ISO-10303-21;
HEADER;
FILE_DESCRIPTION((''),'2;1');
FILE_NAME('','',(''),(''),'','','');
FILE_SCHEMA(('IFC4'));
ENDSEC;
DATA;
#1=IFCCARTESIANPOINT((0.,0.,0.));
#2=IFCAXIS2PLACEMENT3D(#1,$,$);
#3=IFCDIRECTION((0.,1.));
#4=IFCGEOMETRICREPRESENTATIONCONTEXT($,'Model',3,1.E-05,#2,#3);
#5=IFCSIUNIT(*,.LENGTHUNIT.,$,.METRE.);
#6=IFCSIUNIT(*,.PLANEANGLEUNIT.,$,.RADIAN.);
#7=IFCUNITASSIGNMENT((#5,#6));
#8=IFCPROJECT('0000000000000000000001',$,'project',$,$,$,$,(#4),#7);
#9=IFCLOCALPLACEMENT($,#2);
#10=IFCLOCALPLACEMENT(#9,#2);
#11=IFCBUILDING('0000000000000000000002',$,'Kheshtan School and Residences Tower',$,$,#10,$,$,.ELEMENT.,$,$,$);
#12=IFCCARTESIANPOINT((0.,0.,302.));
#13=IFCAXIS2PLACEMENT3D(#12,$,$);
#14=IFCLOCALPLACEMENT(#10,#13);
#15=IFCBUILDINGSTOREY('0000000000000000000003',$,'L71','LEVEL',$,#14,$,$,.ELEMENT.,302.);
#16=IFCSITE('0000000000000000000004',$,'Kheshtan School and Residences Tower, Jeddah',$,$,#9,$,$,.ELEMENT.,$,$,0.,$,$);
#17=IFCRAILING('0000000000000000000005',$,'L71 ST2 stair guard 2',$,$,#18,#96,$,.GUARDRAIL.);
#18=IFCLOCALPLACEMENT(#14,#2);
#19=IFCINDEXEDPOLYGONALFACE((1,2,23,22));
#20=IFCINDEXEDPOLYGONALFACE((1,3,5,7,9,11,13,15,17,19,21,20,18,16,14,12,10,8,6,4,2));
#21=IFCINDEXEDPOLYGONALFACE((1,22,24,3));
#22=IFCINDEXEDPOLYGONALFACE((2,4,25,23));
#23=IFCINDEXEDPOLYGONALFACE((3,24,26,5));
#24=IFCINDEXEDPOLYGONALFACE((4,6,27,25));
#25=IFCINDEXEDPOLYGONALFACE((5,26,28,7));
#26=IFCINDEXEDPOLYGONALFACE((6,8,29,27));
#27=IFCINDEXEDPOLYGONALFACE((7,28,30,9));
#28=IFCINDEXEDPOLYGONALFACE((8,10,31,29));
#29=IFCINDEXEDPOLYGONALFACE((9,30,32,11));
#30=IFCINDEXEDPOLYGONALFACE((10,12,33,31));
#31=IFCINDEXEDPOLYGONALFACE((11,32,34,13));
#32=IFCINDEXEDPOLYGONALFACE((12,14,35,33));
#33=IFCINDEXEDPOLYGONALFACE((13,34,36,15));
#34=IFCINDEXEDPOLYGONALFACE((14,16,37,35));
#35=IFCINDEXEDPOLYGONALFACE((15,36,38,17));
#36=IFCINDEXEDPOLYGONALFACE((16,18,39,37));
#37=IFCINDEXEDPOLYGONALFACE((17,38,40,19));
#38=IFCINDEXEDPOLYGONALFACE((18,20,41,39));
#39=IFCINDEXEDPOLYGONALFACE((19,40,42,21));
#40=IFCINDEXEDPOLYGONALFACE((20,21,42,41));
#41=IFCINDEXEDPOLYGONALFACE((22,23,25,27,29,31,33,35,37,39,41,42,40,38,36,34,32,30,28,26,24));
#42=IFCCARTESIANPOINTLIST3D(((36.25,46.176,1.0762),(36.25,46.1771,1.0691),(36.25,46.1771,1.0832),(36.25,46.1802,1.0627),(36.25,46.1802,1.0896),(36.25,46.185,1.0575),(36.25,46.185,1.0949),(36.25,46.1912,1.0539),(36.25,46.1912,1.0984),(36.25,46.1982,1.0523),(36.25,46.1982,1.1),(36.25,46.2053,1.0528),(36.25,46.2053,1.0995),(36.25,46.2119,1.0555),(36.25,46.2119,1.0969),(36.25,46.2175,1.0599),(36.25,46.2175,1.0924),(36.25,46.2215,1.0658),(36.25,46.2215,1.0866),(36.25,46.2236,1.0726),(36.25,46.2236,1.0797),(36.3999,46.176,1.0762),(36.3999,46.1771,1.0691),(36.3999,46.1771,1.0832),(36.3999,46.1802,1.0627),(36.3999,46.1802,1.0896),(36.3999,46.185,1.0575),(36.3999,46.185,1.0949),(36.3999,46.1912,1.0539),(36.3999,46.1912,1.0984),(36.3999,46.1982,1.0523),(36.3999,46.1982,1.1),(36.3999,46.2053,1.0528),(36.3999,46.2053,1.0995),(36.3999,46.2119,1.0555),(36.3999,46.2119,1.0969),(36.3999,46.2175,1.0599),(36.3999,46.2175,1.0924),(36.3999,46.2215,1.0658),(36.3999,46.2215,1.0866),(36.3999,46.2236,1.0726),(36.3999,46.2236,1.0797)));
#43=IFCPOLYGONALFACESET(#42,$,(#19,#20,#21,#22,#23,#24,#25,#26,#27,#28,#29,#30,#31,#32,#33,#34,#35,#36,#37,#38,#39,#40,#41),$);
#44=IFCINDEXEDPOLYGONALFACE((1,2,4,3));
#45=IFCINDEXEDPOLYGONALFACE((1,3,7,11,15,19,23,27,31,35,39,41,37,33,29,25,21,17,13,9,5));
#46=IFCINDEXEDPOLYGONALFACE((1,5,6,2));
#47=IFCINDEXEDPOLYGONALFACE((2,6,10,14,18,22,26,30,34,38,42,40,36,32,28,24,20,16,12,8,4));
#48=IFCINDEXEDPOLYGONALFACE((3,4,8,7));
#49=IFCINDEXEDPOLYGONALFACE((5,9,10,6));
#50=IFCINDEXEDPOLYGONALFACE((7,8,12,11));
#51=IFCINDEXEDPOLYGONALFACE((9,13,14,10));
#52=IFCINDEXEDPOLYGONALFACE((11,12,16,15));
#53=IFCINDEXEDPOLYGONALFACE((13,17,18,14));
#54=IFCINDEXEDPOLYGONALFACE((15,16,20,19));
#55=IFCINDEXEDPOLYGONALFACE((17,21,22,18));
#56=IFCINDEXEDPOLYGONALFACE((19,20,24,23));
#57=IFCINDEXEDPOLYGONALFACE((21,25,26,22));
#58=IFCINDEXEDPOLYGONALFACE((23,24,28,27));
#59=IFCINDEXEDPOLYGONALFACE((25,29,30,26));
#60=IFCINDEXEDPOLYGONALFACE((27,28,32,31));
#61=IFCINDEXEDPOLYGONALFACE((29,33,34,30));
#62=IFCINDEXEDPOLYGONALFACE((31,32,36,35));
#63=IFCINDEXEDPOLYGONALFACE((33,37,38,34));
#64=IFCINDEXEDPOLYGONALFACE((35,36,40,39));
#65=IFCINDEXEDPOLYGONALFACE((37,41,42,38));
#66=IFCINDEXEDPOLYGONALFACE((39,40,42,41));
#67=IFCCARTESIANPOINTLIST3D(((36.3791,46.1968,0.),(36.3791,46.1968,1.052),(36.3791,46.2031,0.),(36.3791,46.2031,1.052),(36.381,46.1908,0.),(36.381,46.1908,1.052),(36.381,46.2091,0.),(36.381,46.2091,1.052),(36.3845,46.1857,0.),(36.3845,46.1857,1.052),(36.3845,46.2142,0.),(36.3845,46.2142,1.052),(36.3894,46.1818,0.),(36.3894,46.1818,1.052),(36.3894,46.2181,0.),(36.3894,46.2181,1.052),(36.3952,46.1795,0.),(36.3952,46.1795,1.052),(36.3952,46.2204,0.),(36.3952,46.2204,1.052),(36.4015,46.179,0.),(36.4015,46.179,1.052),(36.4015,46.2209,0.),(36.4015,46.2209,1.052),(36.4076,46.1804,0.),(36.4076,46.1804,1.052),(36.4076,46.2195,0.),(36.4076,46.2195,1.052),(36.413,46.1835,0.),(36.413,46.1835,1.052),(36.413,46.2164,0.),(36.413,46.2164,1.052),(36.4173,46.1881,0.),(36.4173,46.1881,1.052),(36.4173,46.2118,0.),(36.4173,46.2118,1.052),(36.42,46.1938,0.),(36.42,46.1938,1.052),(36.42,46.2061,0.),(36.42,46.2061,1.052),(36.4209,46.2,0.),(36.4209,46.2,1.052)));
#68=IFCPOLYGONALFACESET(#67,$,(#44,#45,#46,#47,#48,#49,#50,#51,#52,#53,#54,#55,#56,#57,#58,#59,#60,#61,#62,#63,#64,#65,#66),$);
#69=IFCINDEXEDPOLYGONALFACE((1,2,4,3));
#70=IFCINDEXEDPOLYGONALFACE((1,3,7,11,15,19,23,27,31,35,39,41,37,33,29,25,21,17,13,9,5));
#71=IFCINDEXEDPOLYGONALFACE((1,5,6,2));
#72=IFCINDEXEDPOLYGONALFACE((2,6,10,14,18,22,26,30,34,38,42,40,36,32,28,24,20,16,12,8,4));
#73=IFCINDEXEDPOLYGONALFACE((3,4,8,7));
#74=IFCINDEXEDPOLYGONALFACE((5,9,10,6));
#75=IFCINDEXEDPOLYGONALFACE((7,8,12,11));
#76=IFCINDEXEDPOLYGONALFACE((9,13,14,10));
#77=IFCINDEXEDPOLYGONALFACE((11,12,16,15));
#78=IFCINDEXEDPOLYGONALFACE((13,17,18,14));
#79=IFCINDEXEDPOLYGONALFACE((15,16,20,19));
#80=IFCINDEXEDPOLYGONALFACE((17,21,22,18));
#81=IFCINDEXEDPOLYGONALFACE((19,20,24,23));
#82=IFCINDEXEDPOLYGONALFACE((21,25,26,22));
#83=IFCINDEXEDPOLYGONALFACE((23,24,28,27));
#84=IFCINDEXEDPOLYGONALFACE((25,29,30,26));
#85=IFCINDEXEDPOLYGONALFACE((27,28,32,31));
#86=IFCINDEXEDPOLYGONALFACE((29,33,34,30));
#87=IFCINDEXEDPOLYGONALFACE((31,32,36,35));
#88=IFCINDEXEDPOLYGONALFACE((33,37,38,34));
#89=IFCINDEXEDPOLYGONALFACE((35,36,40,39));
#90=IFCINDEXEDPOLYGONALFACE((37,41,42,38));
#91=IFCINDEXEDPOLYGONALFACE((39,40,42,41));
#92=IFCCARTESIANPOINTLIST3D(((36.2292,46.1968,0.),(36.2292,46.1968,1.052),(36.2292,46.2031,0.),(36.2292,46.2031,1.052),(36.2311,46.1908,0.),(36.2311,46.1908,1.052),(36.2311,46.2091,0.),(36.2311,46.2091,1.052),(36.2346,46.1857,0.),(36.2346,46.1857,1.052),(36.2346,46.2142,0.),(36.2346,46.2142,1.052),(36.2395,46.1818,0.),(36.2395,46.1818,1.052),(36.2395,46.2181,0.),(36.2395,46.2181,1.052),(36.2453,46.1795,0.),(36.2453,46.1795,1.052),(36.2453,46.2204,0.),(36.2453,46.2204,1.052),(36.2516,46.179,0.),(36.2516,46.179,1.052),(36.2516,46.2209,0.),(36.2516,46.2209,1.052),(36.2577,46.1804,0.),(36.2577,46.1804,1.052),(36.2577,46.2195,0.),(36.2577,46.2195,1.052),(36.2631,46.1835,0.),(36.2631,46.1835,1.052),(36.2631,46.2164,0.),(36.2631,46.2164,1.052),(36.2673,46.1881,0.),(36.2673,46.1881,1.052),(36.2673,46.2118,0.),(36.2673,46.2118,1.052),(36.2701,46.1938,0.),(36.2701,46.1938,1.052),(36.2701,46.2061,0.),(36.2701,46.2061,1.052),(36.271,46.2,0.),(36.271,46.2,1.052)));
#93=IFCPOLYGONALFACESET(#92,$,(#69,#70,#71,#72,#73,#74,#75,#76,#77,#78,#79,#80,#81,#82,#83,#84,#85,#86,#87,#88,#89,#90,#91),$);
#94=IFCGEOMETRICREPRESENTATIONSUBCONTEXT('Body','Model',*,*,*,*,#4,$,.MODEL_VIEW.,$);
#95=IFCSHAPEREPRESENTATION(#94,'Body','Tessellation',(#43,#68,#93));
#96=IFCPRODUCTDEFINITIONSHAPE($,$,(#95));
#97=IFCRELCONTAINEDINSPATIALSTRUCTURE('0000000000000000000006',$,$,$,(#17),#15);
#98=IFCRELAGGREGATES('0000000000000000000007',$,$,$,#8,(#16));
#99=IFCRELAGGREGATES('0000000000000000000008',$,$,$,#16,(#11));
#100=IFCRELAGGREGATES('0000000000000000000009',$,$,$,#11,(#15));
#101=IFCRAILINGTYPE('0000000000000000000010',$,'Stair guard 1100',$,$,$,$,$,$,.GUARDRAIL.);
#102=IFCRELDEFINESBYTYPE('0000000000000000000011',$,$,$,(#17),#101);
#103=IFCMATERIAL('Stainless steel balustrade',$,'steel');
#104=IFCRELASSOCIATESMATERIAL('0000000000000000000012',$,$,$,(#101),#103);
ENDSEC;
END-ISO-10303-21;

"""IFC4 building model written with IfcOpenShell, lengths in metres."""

from ifc_helpers import new_model, si_unit, direction, frame, origin, origin_2d, place, context, subcontext, project, spatial, circle, extrude, material, type_object, element, save


model = new_model("IFC4")

# Units and contexts
model_context = context("Model", 3, precision=1e-05, world=origin(), true_north=direction((0.0, 1.0)))
body_context = subcontext(model_context, "Body", "Model", "MODEL_VIEW")
ifc_project = project(units=[si_unit("LENGTHUNIT", "METRE"), si_unit("PLANEANGLEUNIT", "RADIAN")], contexts=[model_context])

# Site, building, storey
site_placement = place(None, origin())
site = spatial("IfcSite", under=ifc_project, at=site_placement, Name="Kheshtan School and Residences Tower, Jeddah", CompositionType="ELEMENT", RefElevation=0.0)
building_placement = place(site_placement, origin())
building = spatial("IfcBuilding", under=site, at=building_placement, Name="Kheshtan School and Residences Tower", CompositionType="ELEMENT")
storey_placement = place(building_placement, frame((0.0, 0.0, 302.0)))
storey = spatial("IfcBuildingStorey", under=building, at=storey_placement, Name="L71", Description="LEVEL", CompositionType="ELEMENT", Elevation=302.0)

# Railing
ifc_material_1 = material(Name="Stainless steel balustrade", Category="steel")
railing_type_1 = type_object("IfcRailingType", Name="Stair guard 1100", PredefinedType="GUARDRAIL", material=ifc_material_1)
railing_1_placement = place(storey_placement, frame((36.3999, 46.2, 0.0)))
element("IfcRailing", 1, at=railing_1_placement, inside=storey, type_object=railing_type_1, Name="L71 ST2 stair guard 2", PredefinedType="GUARDRAIL", context=body_context, shape_type="SweptSolid", body=[
    extrude(circle(Radius=0.0239, at=origin_2d()), frame((0.0, 0.0, 1.0762), z_axis=(-1.0, 0.0, 0.0), x_axis=(0.0, -1.0, 0.0)), (0.0, 0.0, 1.0), 0.1499),
    extrude(circle(Radius=0.021, at=origin_2d()), origin(), (0.0, 0.0, 1.0), 1.052),
    extrude(circle(Radius=0.021, at=origin_2d()), frame((-0.1499, 0.0, 0.0)), (0.0, 0.0, 1.0), 1.052),
])

save(model, "model.ifc")
